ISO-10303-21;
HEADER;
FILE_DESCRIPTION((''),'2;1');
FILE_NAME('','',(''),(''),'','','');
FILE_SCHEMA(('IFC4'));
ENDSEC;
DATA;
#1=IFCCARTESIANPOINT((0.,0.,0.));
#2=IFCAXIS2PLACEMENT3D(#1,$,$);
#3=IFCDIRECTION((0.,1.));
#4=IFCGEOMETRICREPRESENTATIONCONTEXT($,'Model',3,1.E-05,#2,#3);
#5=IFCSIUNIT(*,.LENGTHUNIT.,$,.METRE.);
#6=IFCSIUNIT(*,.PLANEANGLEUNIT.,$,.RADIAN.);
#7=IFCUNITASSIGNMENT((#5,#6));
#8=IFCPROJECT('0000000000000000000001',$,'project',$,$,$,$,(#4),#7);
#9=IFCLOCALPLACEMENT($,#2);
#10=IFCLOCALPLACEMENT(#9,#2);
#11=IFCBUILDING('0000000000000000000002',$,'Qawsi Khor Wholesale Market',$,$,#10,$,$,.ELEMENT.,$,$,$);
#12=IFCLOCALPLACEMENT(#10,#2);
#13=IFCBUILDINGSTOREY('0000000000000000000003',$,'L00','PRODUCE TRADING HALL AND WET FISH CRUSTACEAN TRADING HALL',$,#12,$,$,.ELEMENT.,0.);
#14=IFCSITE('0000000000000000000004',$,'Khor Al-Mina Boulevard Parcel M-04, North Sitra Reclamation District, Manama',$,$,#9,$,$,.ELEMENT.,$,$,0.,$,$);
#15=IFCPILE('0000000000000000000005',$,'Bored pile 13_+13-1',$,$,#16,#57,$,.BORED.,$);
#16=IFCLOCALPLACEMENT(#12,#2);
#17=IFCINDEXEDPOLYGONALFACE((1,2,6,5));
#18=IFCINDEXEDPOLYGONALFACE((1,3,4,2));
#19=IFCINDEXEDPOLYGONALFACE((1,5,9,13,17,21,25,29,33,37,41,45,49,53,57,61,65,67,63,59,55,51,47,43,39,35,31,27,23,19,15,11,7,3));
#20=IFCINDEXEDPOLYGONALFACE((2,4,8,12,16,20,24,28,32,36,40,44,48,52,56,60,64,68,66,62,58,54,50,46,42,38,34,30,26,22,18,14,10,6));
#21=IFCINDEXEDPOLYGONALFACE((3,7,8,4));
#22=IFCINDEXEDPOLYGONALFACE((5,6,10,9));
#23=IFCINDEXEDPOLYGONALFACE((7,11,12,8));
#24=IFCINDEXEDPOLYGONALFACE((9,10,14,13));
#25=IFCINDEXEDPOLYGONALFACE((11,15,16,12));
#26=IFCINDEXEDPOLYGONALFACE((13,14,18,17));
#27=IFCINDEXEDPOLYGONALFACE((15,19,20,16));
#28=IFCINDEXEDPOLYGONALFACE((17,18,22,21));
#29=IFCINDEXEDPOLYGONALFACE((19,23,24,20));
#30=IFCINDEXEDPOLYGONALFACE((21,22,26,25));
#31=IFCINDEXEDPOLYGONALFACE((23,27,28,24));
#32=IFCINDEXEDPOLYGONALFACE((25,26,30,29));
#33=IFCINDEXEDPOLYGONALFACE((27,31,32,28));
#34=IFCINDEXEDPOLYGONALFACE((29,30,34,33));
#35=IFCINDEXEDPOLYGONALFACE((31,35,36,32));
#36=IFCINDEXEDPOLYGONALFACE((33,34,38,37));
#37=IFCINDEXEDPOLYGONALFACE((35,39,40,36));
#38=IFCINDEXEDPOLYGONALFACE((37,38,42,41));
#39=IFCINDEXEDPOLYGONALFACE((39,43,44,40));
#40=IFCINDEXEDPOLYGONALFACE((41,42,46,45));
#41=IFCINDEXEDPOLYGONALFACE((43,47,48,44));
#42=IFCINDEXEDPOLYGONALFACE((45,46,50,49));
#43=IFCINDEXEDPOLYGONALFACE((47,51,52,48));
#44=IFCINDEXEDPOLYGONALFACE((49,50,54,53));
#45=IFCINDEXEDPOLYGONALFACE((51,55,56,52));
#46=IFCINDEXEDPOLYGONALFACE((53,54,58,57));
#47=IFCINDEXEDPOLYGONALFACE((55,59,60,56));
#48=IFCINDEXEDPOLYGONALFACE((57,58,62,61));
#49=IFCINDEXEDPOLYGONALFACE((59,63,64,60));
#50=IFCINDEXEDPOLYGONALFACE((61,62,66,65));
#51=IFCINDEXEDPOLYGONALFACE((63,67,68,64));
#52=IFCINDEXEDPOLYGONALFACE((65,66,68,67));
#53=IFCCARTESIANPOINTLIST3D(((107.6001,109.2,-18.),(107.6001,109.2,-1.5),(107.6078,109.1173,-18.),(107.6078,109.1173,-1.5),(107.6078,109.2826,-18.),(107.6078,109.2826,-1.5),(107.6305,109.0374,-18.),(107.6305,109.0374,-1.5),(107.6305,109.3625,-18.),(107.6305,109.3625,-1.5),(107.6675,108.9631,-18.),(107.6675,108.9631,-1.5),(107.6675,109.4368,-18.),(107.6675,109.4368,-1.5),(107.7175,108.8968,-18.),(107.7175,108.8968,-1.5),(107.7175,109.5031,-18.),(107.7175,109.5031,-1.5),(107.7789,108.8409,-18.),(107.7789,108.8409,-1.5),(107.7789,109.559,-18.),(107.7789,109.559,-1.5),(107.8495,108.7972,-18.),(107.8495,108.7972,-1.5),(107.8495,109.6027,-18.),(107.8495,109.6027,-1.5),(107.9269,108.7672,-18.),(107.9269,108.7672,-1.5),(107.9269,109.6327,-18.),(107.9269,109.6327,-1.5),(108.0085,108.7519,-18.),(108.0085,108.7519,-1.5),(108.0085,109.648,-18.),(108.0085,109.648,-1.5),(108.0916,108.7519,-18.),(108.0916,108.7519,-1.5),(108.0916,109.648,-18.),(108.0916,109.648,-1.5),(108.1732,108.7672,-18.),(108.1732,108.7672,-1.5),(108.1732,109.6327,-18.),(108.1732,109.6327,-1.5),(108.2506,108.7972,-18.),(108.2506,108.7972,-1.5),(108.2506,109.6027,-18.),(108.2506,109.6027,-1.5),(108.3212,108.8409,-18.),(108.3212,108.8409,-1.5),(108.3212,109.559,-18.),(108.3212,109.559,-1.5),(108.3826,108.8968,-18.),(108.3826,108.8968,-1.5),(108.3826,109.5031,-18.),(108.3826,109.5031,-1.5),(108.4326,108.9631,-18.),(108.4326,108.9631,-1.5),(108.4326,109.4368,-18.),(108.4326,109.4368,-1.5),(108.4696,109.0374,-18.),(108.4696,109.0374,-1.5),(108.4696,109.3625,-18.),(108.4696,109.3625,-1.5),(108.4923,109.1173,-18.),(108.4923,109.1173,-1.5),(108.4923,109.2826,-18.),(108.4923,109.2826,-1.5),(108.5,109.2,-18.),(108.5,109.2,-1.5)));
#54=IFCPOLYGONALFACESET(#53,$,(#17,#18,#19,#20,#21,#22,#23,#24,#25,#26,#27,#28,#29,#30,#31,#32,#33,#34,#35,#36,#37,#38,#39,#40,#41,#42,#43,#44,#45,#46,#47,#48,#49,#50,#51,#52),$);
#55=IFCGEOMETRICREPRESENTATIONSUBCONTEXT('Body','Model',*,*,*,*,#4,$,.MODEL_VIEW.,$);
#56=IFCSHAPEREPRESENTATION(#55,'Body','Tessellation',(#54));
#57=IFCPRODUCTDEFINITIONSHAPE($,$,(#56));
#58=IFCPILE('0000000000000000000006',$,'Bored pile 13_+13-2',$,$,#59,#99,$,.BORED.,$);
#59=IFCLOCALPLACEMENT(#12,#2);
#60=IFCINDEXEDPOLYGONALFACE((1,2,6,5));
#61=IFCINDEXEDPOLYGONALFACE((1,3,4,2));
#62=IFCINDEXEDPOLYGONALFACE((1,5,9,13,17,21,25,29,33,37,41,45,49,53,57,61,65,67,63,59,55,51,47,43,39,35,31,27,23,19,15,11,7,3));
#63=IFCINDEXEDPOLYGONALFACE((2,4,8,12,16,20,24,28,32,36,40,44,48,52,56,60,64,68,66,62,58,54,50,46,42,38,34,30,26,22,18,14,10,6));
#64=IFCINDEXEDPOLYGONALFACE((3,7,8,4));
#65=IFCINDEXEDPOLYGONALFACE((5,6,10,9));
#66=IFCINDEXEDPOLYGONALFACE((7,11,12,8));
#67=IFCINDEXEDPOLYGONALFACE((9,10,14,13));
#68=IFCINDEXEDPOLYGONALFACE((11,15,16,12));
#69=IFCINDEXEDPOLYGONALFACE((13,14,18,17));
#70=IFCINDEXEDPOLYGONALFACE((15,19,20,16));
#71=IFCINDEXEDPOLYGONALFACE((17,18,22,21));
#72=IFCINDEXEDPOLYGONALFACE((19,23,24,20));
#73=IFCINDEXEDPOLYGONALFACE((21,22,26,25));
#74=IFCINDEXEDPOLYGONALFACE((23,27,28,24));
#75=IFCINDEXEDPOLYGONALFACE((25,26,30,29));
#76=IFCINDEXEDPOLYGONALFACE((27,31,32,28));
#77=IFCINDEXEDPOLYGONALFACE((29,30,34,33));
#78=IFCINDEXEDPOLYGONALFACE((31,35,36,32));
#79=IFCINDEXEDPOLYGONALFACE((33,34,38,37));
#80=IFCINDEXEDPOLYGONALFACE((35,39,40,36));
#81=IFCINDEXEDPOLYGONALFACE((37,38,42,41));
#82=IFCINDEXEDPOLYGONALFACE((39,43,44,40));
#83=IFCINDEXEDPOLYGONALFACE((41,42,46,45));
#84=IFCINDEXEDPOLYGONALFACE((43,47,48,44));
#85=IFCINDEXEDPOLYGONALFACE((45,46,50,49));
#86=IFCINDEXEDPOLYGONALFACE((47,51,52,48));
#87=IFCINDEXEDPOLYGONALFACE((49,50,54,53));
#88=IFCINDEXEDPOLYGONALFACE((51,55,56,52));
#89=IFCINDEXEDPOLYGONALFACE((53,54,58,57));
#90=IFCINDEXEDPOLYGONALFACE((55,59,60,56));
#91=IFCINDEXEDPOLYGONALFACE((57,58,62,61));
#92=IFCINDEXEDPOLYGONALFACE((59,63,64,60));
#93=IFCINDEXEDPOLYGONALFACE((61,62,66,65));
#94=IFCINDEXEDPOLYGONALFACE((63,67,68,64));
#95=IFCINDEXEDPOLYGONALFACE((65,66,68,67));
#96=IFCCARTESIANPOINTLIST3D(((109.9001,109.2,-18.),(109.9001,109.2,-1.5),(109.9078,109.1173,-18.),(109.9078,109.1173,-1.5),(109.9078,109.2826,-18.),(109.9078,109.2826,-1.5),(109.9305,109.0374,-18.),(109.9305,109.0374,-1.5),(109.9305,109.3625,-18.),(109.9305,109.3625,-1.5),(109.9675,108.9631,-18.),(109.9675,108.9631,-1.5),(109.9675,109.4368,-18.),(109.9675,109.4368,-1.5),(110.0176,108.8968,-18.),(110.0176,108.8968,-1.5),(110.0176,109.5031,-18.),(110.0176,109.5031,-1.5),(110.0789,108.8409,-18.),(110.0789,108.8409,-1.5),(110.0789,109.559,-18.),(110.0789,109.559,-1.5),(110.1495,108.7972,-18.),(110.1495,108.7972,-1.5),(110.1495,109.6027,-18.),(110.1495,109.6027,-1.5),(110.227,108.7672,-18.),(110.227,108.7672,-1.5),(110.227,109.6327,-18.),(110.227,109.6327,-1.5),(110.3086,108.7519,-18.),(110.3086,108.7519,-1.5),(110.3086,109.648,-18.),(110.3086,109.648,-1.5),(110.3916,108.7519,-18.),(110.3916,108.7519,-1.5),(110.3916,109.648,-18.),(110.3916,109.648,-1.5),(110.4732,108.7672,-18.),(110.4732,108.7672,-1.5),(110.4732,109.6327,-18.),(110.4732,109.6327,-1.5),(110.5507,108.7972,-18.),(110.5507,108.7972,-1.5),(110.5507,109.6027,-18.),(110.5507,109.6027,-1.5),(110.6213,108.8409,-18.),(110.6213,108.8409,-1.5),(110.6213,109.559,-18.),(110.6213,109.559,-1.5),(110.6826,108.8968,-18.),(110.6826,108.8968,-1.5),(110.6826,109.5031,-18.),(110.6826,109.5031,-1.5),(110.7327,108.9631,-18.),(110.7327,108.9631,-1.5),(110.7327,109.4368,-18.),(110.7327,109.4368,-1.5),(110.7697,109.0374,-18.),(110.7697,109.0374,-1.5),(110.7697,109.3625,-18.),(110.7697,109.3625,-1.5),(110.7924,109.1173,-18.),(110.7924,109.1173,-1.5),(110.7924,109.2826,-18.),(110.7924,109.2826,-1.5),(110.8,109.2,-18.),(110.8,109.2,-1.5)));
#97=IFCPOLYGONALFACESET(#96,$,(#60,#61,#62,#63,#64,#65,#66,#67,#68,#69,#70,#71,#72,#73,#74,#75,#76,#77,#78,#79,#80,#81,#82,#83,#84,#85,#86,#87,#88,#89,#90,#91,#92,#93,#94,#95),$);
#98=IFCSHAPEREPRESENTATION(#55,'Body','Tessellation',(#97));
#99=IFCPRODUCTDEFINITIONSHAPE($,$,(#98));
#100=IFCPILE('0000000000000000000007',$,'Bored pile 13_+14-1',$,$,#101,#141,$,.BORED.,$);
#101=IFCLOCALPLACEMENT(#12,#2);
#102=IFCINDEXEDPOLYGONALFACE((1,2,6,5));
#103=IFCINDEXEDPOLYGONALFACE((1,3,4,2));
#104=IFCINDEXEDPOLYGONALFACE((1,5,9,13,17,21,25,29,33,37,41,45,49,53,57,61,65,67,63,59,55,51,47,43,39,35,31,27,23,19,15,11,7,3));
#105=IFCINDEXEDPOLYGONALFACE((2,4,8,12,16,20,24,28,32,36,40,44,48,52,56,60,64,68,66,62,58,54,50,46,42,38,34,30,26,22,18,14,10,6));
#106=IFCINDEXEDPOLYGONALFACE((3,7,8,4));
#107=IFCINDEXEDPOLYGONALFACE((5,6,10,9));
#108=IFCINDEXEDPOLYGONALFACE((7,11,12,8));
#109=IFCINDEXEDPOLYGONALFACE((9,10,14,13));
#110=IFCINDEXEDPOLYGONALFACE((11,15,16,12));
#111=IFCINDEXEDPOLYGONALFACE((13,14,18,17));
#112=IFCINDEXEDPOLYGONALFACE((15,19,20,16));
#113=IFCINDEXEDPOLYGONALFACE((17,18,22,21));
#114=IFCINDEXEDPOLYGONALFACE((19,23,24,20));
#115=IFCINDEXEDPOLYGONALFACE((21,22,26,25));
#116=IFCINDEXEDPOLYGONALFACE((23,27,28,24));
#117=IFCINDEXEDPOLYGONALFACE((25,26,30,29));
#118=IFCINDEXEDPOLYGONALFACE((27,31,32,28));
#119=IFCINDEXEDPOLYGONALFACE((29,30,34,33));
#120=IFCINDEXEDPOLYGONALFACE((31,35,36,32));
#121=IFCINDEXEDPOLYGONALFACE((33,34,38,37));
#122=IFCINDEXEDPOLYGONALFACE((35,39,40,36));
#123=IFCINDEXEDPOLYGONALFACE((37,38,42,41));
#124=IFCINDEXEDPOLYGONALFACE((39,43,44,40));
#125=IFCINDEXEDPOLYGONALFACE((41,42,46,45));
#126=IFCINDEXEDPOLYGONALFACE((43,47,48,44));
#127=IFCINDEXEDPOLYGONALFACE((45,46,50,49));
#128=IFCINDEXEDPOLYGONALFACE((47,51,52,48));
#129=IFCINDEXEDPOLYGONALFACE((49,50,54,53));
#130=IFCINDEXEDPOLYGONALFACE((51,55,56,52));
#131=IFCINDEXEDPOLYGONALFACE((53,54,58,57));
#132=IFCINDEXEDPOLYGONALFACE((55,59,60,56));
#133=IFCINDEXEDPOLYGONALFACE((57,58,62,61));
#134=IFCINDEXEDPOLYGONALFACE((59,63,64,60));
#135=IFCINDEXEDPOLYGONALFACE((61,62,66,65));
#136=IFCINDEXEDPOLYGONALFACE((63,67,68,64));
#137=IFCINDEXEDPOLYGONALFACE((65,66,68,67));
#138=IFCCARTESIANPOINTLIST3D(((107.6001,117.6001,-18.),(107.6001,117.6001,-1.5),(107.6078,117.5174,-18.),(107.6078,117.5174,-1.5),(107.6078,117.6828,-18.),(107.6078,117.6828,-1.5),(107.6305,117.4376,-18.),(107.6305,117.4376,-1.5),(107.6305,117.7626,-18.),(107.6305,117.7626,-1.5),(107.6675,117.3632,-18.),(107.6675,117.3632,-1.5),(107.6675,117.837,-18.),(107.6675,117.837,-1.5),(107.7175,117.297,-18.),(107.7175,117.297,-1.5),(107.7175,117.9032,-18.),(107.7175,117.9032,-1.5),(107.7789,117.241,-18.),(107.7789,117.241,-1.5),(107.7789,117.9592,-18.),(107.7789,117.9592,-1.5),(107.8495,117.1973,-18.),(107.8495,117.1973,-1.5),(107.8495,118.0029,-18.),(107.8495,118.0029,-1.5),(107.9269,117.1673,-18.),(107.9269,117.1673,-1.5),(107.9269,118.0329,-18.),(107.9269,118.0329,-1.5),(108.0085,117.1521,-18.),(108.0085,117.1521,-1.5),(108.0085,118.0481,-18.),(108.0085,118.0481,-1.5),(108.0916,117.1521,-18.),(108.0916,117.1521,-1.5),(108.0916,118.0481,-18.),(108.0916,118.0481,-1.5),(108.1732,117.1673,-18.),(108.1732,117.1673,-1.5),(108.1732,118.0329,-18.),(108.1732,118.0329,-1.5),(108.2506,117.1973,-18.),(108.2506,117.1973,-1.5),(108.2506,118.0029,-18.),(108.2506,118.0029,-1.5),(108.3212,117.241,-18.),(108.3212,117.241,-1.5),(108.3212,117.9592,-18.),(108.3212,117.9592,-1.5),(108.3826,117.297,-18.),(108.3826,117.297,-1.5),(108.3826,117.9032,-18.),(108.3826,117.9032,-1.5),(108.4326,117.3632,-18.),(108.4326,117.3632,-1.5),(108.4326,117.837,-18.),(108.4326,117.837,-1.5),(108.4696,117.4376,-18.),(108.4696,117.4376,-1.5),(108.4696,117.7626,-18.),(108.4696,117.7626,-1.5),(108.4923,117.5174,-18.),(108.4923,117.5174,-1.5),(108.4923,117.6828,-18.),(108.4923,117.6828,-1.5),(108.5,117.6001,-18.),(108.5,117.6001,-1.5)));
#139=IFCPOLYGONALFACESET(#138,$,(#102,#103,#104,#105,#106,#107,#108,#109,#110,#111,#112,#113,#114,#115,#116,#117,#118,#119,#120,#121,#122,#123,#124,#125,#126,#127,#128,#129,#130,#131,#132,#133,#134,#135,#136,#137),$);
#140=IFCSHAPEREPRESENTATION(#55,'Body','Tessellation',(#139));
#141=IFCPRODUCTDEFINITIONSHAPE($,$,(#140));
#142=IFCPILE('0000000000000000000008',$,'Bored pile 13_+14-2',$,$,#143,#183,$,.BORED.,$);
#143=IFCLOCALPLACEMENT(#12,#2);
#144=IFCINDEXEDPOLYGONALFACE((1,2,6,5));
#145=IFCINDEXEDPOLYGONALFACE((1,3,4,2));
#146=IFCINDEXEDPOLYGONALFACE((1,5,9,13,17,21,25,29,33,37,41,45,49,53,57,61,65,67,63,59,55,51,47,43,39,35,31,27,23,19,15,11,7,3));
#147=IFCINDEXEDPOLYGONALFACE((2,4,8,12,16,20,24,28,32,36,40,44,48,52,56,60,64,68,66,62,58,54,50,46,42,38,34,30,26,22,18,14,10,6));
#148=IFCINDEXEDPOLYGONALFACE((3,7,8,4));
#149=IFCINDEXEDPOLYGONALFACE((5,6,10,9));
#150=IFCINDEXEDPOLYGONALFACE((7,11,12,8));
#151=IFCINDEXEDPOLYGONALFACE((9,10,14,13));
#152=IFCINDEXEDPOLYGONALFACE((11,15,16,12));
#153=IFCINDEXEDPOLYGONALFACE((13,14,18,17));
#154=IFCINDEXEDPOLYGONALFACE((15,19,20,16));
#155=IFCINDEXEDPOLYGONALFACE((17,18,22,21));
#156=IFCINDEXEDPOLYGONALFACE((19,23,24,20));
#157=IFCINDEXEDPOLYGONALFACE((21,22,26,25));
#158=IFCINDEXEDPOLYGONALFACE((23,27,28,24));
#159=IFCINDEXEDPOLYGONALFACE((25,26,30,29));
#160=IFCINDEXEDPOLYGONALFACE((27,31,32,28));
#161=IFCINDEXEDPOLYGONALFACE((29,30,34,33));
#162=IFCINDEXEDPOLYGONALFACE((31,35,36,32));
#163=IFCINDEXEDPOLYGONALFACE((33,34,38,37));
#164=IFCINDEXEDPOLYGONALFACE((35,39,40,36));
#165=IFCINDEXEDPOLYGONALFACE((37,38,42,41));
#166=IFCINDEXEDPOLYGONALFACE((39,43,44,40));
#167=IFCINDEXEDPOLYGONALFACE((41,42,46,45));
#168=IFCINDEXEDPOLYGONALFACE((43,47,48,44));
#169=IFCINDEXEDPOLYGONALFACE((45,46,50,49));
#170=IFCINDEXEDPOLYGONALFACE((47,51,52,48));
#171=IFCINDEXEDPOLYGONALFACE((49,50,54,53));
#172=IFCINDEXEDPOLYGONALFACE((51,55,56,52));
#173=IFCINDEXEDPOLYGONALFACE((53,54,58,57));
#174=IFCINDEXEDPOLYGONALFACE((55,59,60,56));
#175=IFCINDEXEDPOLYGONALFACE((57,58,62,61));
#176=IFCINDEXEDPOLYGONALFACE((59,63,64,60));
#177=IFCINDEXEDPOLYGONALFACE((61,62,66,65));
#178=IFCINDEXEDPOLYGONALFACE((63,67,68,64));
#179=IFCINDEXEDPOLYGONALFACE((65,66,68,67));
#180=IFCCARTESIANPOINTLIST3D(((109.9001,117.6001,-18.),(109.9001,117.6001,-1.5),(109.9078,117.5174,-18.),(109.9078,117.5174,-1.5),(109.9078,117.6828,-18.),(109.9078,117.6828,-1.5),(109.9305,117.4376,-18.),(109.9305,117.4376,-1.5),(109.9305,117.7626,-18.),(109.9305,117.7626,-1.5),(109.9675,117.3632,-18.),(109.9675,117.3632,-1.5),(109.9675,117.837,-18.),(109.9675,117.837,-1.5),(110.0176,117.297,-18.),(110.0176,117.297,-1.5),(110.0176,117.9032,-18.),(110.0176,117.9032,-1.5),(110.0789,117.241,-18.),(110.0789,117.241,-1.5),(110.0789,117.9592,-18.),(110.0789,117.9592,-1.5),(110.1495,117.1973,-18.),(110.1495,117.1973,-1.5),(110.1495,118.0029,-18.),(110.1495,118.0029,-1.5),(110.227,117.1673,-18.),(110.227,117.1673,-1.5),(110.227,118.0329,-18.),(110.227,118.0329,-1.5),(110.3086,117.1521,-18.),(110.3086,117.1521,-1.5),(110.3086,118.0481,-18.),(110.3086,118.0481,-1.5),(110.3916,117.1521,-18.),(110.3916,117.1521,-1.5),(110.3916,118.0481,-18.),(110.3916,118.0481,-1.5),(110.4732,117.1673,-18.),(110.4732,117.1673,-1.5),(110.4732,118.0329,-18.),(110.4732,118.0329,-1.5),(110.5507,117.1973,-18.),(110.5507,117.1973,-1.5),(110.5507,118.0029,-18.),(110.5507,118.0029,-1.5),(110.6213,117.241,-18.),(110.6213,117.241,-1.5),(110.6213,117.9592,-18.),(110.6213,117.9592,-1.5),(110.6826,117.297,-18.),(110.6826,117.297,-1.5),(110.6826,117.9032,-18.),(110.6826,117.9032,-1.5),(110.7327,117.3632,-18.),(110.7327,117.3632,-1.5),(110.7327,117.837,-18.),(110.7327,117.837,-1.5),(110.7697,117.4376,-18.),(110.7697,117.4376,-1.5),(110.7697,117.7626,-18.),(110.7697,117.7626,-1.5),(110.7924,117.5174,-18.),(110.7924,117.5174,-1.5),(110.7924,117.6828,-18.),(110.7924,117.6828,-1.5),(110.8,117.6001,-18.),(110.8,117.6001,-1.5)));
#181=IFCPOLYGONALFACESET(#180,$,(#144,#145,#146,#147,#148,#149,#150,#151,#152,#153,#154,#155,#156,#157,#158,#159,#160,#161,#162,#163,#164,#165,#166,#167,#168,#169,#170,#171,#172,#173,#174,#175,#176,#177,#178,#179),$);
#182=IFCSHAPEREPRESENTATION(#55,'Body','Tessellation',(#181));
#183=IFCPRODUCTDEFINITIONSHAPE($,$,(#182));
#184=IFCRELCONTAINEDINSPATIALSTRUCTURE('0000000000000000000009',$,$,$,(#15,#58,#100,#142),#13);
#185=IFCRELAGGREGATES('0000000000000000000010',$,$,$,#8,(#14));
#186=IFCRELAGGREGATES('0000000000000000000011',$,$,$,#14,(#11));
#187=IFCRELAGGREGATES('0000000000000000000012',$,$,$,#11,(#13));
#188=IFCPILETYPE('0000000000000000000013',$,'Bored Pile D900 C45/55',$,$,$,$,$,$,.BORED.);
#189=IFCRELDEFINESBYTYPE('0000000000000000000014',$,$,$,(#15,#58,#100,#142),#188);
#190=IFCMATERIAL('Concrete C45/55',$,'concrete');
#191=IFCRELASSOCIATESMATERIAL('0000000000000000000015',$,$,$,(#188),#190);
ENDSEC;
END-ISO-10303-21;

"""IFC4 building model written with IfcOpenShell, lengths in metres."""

from ifc_helpers import new_model, si_unit, direction, frame, origin, origin_2d, place, context, subcontext, project, spatial, circle, extrude, material, material_profile, profile_set, type_object, element, save


model = new_model("IFC4")

# Units and contexts
model_context = context("Model", 3, precision=1e-05, world=origin(), true_north=direction((0.0, 1.0)))
body_context = subcontext(model_context, "Body", "Model", "MODEL_VIEW")
ifc_project = project(units=[si_unit("LENGTHUNIT", "METRE"), si_unit("PLANEANGLEUNIT", "RADIAN")], contexts=[model_context])

# Site, building, storey
site_placement = place(None, origin())
site = spatial("IfcSite", under=ifc_project, at=site_placement, Name="Khor Al-Mina Boulevard Parcel M-04, North Sitra Reclamation District, Manama", CompositionType="ELEMENT", RefElevation=0.0)
building_placement = place(site_placement, origin())
building = spatial("IfcBuilding", under=site, at=building_placement, Name="Qawsi Khor Wholesale Market", CompositionType="ELEMENT")
storey_placement = place(building_placement, origin())
storey = spatial("IfcBuildingStorey", under=building, at=storey_placement, Name="L00", Description="PRODUCE TRADING HALL AND WET FISH CRUSTACEAN TRADING HALL", CompositionType="ELEMENT", Elevation=0.0)

# Piles
ifc_material_1 = material(Name="Concrete C45/55", Category="concrete")
ifc_material_profile_1 = material_profile(ifc_material_1, circle(Radius=0.45, at=origin_2d()), Name="PILE D900")
ifc_profile_set_1 = profile_set([ifc_material_profile_1], Name="Concrete C45/55")
pile_type = type_object("IfcPileType", Name="Bored Pile D900 C45/55", PredefinedType="BORED", material=ifc_profile_set_1)
for number, where, z_axis, x_axis, name in (
    (1, (108.05, 109.2, -1.5), (0.0, 0.0, -1.0), (1.0, 0.0, 0.0), "Bored pile 13_+13-1"),
    (2, (110.3501, 109.2, -1.5), (0.0, 0.0, -1.0), (1.0, 0.0, 0.0), "Bored pile 13_+13-2"),
    (3, (108.05, 117.6001, -1.5), (0.0, 0.0, -1.0), (1.0, 0.0, 0.0), "Bored pile 13_+14-1"),
    (4, (110.3501, 117.6001, -1.5), (0.0, 0.0, -1.0), (1.0, 0.0, 0.0), "Bored pile 13_+14-2"),
):
    element("IfcPile", number, at=place(storey_placement, frame(where, z_axis=z_axis, x_axis=x_axis)), inside=storey, type_object=pile_type, Name=name, PredefinedType="BORED", context=body_context, shape_type="SweptSolid", body=[
        extrude(circle(Radius=0.45, at=origin_2d()), origin(), (0.0, 0.0, 1.0), 16.5),
    ])

save(model, "model.ifc")
